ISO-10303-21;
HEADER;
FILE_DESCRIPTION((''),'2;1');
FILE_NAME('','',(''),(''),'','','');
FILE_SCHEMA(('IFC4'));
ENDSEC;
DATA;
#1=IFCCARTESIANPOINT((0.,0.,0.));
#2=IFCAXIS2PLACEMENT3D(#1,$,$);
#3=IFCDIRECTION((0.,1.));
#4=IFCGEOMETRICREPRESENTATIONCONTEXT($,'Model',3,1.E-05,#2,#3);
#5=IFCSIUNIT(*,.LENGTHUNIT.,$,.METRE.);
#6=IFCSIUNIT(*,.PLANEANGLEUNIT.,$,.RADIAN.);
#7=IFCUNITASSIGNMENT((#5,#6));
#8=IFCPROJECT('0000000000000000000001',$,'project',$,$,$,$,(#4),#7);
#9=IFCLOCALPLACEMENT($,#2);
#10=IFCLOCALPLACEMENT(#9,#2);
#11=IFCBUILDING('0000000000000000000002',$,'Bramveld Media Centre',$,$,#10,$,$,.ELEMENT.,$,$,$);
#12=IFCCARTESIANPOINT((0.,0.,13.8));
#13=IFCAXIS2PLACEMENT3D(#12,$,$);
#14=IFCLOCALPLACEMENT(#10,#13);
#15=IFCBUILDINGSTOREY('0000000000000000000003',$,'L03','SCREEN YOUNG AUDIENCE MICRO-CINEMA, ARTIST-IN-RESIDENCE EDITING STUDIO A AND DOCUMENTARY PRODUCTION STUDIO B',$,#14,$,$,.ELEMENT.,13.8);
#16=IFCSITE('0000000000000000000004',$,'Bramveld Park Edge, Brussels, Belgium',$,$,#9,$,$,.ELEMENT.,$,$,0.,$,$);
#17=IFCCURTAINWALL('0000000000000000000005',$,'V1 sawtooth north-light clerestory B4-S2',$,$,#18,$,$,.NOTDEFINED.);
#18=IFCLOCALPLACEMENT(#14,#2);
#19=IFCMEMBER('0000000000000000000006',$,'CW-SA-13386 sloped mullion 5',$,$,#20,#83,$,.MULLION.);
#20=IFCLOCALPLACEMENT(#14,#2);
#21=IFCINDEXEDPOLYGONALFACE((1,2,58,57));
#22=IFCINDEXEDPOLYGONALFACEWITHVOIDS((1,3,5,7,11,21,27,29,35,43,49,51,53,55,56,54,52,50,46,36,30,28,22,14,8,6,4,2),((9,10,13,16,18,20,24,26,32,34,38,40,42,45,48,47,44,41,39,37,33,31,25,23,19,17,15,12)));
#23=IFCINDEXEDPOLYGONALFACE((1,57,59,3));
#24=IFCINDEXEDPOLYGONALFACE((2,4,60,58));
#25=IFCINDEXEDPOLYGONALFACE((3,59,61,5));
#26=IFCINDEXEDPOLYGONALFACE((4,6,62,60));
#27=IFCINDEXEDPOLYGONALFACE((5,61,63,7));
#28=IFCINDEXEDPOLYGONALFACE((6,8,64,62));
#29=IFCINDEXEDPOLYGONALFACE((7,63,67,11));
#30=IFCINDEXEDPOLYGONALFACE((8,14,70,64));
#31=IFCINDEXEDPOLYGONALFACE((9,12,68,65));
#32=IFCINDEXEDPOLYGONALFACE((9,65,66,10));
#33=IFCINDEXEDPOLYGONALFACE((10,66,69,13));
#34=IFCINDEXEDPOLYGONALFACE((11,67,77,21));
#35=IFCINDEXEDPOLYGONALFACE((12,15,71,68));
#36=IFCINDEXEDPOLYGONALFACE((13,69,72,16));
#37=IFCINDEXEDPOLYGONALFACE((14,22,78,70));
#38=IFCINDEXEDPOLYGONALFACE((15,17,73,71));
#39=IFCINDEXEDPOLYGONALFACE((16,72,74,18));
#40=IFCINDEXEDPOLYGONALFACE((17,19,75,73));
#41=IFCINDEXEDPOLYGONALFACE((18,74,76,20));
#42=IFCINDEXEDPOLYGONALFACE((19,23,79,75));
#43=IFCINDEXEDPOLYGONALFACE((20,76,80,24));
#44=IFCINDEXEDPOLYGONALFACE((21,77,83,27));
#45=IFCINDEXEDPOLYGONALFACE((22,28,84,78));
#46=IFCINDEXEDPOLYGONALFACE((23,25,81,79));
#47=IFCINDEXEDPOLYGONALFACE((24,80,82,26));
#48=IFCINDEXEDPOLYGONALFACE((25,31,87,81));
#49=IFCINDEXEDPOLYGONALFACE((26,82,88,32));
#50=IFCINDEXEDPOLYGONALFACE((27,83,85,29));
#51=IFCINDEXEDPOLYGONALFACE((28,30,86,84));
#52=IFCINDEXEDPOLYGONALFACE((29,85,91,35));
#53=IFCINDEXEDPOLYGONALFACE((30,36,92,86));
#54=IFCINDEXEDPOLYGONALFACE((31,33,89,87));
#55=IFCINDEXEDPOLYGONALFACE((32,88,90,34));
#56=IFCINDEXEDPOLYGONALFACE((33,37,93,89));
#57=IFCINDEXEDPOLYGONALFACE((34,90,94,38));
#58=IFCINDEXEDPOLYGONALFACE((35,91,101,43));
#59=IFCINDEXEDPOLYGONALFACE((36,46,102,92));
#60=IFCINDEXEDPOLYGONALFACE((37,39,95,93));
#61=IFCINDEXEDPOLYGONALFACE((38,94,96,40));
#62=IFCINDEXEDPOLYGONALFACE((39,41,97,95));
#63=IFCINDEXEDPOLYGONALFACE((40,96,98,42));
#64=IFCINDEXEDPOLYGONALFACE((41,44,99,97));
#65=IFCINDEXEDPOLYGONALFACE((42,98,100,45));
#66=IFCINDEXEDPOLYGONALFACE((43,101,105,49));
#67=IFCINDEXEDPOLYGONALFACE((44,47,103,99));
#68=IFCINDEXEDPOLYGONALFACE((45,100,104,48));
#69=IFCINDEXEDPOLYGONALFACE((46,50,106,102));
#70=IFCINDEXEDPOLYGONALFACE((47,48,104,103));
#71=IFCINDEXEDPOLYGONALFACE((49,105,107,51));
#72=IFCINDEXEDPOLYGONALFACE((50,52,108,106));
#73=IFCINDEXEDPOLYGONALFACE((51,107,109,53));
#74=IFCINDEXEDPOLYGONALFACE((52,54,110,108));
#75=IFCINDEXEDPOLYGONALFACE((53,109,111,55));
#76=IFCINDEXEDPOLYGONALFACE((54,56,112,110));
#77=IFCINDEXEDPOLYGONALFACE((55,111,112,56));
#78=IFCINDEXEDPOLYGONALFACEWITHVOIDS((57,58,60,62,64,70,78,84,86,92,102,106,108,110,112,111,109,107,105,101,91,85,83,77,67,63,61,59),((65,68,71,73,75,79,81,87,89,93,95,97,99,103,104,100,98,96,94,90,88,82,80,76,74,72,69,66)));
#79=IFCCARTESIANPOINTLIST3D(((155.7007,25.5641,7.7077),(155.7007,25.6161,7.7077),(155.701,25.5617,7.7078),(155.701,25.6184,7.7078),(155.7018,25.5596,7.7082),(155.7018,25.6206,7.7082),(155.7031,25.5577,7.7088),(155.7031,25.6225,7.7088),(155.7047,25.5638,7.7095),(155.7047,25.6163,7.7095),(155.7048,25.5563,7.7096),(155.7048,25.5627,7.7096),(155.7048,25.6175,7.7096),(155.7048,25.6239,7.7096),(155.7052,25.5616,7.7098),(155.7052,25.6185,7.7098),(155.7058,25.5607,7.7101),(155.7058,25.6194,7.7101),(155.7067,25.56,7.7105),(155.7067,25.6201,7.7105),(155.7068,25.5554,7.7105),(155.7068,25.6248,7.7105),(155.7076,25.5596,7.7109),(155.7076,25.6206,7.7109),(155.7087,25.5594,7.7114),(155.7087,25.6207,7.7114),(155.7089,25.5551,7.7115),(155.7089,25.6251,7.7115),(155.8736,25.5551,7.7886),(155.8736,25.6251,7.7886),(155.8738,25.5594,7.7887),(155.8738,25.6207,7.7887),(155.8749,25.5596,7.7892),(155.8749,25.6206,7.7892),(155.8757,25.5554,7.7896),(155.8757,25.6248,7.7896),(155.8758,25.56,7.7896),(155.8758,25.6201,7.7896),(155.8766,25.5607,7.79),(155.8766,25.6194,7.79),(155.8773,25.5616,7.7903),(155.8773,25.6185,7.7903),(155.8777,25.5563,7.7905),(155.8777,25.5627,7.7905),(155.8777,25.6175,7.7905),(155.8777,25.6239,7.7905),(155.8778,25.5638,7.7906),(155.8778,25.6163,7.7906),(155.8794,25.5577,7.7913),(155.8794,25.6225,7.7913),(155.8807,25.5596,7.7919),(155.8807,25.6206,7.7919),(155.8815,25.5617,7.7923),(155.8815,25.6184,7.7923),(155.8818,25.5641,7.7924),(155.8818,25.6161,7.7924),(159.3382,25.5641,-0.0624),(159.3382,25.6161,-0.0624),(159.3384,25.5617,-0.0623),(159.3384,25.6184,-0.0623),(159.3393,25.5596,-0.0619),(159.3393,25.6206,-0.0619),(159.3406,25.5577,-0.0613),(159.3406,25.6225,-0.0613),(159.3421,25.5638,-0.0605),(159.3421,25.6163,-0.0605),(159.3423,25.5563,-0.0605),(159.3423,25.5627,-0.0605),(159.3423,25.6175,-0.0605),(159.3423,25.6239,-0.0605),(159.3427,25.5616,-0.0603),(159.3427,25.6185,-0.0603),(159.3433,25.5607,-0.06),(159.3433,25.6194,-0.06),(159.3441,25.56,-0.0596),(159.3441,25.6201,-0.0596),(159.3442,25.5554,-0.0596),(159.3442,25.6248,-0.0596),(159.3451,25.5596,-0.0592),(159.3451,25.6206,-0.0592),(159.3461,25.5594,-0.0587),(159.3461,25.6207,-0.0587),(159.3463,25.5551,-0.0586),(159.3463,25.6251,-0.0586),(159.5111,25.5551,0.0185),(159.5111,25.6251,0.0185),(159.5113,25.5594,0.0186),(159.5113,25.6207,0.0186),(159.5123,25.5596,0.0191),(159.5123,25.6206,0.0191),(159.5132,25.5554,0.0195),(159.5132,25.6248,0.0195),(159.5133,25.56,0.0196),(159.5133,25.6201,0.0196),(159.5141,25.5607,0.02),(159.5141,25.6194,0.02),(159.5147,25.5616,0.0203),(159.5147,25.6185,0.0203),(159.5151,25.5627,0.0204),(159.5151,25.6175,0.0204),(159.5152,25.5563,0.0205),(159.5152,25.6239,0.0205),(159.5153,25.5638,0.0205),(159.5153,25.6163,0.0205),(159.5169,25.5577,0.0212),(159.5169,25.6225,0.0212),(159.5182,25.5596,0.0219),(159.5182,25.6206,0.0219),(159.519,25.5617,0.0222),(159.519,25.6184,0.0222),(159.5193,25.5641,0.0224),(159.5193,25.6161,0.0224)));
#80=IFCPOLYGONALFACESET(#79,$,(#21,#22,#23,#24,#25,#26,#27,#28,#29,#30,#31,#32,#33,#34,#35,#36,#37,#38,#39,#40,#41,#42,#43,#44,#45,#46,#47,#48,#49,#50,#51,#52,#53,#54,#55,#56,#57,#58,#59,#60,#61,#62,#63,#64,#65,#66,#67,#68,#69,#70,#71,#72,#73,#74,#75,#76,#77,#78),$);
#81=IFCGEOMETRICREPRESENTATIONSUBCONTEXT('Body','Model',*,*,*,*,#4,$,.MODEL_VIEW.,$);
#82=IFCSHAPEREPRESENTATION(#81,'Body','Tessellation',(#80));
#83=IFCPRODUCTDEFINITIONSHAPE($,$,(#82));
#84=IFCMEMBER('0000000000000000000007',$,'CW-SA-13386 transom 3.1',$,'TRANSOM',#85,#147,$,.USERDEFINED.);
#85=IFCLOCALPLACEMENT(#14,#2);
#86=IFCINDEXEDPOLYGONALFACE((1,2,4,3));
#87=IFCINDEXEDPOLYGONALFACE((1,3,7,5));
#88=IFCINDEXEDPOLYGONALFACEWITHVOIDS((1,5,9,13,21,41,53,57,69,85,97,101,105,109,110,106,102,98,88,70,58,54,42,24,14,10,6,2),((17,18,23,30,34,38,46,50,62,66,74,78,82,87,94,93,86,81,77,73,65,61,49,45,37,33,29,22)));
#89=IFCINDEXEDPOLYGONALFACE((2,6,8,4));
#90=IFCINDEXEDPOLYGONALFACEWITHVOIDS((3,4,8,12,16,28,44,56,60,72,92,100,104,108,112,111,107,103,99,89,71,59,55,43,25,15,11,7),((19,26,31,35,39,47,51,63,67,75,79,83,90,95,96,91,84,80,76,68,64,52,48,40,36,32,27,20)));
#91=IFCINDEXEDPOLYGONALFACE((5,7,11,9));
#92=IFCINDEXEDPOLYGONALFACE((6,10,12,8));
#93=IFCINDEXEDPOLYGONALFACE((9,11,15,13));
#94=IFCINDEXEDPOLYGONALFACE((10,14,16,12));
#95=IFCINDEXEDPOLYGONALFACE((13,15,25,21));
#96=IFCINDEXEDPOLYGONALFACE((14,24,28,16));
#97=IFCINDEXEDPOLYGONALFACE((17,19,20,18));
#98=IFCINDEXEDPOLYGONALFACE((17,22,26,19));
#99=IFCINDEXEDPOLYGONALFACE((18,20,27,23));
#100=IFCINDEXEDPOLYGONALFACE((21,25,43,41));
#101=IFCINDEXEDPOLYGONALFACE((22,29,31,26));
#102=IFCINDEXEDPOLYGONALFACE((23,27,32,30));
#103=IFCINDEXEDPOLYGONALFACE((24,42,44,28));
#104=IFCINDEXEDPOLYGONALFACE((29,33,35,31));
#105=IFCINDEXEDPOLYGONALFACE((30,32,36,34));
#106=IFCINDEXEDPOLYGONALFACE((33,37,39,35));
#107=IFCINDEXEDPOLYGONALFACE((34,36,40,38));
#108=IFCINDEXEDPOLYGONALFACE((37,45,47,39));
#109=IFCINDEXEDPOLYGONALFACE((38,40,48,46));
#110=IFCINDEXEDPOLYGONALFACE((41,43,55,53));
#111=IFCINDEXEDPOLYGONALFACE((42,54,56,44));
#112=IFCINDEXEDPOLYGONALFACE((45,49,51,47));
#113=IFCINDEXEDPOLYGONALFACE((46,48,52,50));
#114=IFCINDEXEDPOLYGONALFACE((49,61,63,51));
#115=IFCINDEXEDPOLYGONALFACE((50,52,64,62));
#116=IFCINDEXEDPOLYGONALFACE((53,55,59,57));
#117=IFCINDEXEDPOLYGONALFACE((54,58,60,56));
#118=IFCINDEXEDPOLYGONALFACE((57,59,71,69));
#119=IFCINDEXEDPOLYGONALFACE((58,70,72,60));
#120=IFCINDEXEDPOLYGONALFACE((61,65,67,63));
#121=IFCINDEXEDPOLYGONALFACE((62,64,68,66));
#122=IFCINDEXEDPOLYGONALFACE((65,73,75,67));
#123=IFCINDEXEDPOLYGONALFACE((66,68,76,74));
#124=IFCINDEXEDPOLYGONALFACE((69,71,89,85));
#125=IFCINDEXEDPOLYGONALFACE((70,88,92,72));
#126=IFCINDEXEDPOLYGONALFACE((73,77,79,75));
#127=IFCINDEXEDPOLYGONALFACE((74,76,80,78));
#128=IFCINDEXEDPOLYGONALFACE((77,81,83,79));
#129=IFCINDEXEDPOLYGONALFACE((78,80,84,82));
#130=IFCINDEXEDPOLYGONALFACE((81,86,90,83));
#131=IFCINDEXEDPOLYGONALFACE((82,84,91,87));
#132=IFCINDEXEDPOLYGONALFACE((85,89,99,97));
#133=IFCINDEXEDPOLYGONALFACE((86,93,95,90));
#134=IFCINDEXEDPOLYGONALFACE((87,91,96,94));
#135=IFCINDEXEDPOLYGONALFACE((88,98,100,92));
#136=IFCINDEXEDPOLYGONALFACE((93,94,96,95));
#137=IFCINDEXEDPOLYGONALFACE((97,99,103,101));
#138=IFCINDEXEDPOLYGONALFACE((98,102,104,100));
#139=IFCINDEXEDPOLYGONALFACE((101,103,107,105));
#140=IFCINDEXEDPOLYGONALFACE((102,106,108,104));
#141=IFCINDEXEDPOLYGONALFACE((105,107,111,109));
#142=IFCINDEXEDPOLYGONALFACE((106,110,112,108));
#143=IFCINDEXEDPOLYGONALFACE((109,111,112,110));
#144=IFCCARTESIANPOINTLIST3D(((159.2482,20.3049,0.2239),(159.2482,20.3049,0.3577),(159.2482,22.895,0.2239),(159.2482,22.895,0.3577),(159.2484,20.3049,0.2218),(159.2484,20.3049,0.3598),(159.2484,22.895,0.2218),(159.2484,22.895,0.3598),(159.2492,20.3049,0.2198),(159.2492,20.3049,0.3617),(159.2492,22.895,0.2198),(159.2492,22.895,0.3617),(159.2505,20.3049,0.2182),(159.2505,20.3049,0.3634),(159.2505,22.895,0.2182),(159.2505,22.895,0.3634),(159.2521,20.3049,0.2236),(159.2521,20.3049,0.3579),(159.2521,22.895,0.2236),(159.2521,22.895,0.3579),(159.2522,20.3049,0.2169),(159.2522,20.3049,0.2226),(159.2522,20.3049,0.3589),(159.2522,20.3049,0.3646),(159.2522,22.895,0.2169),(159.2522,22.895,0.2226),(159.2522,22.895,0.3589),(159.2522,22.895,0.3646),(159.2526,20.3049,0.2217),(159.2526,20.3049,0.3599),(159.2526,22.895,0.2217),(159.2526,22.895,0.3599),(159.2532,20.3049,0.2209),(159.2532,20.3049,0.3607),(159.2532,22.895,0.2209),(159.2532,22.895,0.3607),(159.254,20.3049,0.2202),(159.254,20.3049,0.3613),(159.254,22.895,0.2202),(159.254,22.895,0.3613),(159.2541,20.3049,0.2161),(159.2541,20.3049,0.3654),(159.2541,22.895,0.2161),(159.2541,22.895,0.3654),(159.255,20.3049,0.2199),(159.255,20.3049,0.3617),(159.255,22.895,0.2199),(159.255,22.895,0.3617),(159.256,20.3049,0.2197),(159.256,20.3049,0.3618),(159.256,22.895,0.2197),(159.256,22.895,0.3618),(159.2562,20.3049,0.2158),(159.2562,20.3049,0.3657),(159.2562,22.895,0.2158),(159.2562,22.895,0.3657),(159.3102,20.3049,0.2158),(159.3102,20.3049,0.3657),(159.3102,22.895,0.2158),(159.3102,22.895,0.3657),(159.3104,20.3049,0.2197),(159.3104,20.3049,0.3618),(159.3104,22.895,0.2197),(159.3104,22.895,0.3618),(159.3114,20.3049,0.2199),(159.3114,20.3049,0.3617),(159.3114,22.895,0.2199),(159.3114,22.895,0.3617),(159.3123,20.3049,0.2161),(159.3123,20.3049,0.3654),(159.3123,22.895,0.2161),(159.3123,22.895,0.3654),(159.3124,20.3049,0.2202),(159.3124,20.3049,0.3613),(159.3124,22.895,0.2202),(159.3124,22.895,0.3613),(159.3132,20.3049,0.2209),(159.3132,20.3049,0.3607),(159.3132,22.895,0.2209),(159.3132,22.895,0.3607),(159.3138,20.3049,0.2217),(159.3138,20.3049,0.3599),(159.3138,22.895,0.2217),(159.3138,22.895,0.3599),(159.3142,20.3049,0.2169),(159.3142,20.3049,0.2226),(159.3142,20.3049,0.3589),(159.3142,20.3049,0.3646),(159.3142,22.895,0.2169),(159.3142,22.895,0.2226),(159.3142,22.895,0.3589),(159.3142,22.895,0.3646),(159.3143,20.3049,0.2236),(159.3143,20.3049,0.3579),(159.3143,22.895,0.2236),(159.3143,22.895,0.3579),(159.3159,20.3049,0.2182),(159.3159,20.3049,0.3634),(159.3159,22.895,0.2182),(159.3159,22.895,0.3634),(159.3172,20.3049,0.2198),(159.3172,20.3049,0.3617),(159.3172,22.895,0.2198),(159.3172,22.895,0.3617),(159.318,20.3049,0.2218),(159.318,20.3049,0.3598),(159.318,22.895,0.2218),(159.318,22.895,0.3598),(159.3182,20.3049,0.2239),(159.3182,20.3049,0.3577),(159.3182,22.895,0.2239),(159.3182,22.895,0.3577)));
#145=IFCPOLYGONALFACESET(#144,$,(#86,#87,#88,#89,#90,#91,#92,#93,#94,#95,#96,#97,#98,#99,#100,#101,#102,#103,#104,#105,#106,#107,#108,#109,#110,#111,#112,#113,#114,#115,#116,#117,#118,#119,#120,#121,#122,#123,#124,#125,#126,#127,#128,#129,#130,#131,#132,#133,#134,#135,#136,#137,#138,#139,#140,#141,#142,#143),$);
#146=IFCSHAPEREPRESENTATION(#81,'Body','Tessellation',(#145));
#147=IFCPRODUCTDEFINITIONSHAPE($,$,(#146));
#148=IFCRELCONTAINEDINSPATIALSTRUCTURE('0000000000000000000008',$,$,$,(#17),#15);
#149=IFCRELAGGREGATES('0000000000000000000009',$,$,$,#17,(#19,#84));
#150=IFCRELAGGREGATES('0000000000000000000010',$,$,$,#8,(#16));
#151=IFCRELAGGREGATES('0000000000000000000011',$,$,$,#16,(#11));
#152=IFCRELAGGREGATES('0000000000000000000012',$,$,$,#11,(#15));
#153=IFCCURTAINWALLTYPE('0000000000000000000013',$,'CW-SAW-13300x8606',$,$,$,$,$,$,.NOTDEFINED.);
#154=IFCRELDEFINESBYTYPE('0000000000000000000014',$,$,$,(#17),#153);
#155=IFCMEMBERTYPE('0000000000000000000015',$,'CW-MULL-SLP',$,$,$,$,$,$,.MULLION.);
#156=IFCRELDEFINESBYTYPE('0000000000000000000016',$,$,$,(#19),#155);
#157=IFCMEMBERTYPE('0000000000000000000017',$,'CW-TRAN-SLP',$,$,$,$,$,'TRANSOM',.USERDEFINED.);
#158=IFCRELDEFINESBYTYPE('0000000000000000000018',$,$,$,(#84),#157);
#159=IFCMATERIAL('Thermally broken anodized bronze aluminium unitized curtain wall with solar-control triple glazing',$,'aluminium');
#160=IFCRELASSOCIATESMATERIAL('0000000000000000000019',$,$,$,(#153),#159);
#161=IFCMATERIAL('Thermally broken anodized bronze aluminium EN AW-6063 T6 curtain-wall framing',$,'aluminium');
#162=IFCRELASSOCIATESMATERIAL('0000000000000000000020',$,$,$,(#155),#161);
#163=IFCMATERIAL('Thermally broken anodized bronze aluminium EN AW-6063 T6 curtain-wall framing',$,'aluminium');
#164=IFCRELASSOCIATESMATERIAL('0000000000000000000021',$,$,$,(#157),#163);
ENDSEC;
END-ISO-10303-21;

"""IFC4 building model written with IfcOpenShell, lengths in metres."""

from ifc_helpers import new_model, si_unit, direction, frame, origin, origin_2d, place, context, subcontext, project, spatial, hollow_rectangle, extrude, material, material_profile, profile_set, type_object, element, aggregate, save


model = new_model("IFC4")

# Units and contexts
model_context = context("Model", 3, precision=1e-05, world=origin(), true_north=direction((0.0, 1.0)))
body_context = subcontext(model_context, "Body", "Model", "MODEL_VIEW")
ifc_project = project(units=[si_unit("LENGTHUNIT", "METRE"), si_unit("PLANEANGLEUNIT", "RADIAN")], contexts=[model_context])

# Site, building, storey
site_placement = place(None, origin())
site = spatial("IfcSite", under=ifc_project, at=site_placement, Name="Bramveld Park Edge, Brussels, Belgium", CompositionType="ELEMENT", RefElevation=0.0)
building_placement = place(site_placement, origin())
building = spatial("IfcBuilding", under=site, at=building_placement, Name="Bramveld Media Centre", CompositionType="ELEMENT")
storey_placement = place(building_placement, frame((0.0, 0.0, 13.8)))
storey = spatial("IfcBuildingStorey", under=building, at=storey_placement, Name="L03", Description="SCREEN YOUNG AUDIENCE MICRO-CINEMA, ARTIST-IN-RESIDENCE EDITING STUDIO A AND DOCUMENTARY PRODUCTION STUDIO B", CompositionType="ELEMENT", Elevation=13.8)

# Curtain wall, members
ifc_material_1 = material(Name="Thermally broken anodized bronze aluminium unitized curtain wall with solar-control triple glazing", Category="aluminium")
curtain_wall_type = type_object("IfcCurtainWallType", Name="CW-SAW-13300x8606", PredefinedType="NOTDEFINED", material=ifc_material_1)
curtain_wall_placement = place(storey_placement, origin())
curtain_wall = element("IfcCurtainWall", 1, at=curtain_wall_placement, inside=storey, type_object=curtain_wall_type, Name="V1 sawtooth north-light clerestory B4-S2", PredefinedType="NOTDEFINED")
ifc_material_2 = material(Name="Thermally broken anodized bronze aluminium EN AW-6063 T6 curtain-wall framing", Category="aluminium")
ifc_material_profile_1 = material_profile(ifc_material_2, hollow_rectangle(XDim=0.0701, YDim=0.2, WallThickness=0.0044, InnerFilletRadius=0.0044, OuterFilletRadius=0.009, at=origin_2d()), Name="AL-MULL 70x200")
ifc_profile_set_1 = profile_set([ifc_material_profile_1], Name="Thermally broken anodized bronze aluminium EN AW-6063 T6 curtain-wall framing")
member_type_1 = type_object("IfcMemberType", Name="CW-MULL-SLP", PredefinedType="MULLION", material=ifc_profile_set_1)
member_1_placement = place(storey_placement, frame((159.4287, 25.5901, -0.02), z_axis=(-0.42398, 0.0, 0.905671), x_axis=(0.0, -1.0, 0.0)))
member_1 = element("IfcMember", 2, at=member_1_placement, type_object=member_type_1, Name="CW-SA-13386 sloped mullion 5", PredefinedType="MULLION", context=body_context, shape_type="SweptSolid", body=[
    extrude(hollow_rectangle(XDim=0.0701, YDim=0.2, WallThickness=0.0044, InnerFilletRadius=0.0044, OuterFilletRadius=0.009, at=origin_2d()), origin(), (0.0, 0.0, 1.0), 8.5793),
])
ifc_material_3 = material(Name="Thermally broken anodized bronze aluminium EN AW-6063 T6 curtain-wall framing", Category="aluminium")
ifc_material_profile_2 = material_profile(ifc_material_3, hollow_rectangle(XDim=0.0701, YDim=0.1499, WallThickness=0.0039, InnerFilletRadius=0.0039, OuterFilletRadius=0.0081, at=origin_2d()), Name="AL-TRAN 70x150")
ifc_profile_set_2 = profile_set([ifc_material_profile_2], Name="Thermally broken anodized bronze aluminium EN AW-6063 T6 curtain-wall framing")
member_type_2 = type_object("IfcMemberType", Name="CW-TRAN-SLP", ElementType="TRANSOM", PredefinedType="USERDEFINED", material=ifc_profile_set_2)
member_2_placement = place(storey_placement, frame((159.2832, 20.3049, 0.2908), z_axis=(0.0, 1.0, 0.0), x_axis=(-1.0, 0.0, 0.0)))
member_2 = element("IfcMember", 3, at=member_2_placement, type_object=member_type_2, Name="CW-SA-13386 transom 3.1", ObjectType="TRANSOM", PredefinedType="USERDEFINED", context=body_context, shape_type="SweptSolid", body=[
    extrude(hollow_rectangle(XDim=0.0701, YDim=0.1499, WallThickness=0.0039, InnerFilletRadius=0.0039, OuterFilletRadius=0.0081, at=origin_2d()), origin(), (0.0, 0.0, 1.0), 2.5901),
])

aggregate(curtain_wall, [member_1, member_2])

save(model, "model.ifc")
